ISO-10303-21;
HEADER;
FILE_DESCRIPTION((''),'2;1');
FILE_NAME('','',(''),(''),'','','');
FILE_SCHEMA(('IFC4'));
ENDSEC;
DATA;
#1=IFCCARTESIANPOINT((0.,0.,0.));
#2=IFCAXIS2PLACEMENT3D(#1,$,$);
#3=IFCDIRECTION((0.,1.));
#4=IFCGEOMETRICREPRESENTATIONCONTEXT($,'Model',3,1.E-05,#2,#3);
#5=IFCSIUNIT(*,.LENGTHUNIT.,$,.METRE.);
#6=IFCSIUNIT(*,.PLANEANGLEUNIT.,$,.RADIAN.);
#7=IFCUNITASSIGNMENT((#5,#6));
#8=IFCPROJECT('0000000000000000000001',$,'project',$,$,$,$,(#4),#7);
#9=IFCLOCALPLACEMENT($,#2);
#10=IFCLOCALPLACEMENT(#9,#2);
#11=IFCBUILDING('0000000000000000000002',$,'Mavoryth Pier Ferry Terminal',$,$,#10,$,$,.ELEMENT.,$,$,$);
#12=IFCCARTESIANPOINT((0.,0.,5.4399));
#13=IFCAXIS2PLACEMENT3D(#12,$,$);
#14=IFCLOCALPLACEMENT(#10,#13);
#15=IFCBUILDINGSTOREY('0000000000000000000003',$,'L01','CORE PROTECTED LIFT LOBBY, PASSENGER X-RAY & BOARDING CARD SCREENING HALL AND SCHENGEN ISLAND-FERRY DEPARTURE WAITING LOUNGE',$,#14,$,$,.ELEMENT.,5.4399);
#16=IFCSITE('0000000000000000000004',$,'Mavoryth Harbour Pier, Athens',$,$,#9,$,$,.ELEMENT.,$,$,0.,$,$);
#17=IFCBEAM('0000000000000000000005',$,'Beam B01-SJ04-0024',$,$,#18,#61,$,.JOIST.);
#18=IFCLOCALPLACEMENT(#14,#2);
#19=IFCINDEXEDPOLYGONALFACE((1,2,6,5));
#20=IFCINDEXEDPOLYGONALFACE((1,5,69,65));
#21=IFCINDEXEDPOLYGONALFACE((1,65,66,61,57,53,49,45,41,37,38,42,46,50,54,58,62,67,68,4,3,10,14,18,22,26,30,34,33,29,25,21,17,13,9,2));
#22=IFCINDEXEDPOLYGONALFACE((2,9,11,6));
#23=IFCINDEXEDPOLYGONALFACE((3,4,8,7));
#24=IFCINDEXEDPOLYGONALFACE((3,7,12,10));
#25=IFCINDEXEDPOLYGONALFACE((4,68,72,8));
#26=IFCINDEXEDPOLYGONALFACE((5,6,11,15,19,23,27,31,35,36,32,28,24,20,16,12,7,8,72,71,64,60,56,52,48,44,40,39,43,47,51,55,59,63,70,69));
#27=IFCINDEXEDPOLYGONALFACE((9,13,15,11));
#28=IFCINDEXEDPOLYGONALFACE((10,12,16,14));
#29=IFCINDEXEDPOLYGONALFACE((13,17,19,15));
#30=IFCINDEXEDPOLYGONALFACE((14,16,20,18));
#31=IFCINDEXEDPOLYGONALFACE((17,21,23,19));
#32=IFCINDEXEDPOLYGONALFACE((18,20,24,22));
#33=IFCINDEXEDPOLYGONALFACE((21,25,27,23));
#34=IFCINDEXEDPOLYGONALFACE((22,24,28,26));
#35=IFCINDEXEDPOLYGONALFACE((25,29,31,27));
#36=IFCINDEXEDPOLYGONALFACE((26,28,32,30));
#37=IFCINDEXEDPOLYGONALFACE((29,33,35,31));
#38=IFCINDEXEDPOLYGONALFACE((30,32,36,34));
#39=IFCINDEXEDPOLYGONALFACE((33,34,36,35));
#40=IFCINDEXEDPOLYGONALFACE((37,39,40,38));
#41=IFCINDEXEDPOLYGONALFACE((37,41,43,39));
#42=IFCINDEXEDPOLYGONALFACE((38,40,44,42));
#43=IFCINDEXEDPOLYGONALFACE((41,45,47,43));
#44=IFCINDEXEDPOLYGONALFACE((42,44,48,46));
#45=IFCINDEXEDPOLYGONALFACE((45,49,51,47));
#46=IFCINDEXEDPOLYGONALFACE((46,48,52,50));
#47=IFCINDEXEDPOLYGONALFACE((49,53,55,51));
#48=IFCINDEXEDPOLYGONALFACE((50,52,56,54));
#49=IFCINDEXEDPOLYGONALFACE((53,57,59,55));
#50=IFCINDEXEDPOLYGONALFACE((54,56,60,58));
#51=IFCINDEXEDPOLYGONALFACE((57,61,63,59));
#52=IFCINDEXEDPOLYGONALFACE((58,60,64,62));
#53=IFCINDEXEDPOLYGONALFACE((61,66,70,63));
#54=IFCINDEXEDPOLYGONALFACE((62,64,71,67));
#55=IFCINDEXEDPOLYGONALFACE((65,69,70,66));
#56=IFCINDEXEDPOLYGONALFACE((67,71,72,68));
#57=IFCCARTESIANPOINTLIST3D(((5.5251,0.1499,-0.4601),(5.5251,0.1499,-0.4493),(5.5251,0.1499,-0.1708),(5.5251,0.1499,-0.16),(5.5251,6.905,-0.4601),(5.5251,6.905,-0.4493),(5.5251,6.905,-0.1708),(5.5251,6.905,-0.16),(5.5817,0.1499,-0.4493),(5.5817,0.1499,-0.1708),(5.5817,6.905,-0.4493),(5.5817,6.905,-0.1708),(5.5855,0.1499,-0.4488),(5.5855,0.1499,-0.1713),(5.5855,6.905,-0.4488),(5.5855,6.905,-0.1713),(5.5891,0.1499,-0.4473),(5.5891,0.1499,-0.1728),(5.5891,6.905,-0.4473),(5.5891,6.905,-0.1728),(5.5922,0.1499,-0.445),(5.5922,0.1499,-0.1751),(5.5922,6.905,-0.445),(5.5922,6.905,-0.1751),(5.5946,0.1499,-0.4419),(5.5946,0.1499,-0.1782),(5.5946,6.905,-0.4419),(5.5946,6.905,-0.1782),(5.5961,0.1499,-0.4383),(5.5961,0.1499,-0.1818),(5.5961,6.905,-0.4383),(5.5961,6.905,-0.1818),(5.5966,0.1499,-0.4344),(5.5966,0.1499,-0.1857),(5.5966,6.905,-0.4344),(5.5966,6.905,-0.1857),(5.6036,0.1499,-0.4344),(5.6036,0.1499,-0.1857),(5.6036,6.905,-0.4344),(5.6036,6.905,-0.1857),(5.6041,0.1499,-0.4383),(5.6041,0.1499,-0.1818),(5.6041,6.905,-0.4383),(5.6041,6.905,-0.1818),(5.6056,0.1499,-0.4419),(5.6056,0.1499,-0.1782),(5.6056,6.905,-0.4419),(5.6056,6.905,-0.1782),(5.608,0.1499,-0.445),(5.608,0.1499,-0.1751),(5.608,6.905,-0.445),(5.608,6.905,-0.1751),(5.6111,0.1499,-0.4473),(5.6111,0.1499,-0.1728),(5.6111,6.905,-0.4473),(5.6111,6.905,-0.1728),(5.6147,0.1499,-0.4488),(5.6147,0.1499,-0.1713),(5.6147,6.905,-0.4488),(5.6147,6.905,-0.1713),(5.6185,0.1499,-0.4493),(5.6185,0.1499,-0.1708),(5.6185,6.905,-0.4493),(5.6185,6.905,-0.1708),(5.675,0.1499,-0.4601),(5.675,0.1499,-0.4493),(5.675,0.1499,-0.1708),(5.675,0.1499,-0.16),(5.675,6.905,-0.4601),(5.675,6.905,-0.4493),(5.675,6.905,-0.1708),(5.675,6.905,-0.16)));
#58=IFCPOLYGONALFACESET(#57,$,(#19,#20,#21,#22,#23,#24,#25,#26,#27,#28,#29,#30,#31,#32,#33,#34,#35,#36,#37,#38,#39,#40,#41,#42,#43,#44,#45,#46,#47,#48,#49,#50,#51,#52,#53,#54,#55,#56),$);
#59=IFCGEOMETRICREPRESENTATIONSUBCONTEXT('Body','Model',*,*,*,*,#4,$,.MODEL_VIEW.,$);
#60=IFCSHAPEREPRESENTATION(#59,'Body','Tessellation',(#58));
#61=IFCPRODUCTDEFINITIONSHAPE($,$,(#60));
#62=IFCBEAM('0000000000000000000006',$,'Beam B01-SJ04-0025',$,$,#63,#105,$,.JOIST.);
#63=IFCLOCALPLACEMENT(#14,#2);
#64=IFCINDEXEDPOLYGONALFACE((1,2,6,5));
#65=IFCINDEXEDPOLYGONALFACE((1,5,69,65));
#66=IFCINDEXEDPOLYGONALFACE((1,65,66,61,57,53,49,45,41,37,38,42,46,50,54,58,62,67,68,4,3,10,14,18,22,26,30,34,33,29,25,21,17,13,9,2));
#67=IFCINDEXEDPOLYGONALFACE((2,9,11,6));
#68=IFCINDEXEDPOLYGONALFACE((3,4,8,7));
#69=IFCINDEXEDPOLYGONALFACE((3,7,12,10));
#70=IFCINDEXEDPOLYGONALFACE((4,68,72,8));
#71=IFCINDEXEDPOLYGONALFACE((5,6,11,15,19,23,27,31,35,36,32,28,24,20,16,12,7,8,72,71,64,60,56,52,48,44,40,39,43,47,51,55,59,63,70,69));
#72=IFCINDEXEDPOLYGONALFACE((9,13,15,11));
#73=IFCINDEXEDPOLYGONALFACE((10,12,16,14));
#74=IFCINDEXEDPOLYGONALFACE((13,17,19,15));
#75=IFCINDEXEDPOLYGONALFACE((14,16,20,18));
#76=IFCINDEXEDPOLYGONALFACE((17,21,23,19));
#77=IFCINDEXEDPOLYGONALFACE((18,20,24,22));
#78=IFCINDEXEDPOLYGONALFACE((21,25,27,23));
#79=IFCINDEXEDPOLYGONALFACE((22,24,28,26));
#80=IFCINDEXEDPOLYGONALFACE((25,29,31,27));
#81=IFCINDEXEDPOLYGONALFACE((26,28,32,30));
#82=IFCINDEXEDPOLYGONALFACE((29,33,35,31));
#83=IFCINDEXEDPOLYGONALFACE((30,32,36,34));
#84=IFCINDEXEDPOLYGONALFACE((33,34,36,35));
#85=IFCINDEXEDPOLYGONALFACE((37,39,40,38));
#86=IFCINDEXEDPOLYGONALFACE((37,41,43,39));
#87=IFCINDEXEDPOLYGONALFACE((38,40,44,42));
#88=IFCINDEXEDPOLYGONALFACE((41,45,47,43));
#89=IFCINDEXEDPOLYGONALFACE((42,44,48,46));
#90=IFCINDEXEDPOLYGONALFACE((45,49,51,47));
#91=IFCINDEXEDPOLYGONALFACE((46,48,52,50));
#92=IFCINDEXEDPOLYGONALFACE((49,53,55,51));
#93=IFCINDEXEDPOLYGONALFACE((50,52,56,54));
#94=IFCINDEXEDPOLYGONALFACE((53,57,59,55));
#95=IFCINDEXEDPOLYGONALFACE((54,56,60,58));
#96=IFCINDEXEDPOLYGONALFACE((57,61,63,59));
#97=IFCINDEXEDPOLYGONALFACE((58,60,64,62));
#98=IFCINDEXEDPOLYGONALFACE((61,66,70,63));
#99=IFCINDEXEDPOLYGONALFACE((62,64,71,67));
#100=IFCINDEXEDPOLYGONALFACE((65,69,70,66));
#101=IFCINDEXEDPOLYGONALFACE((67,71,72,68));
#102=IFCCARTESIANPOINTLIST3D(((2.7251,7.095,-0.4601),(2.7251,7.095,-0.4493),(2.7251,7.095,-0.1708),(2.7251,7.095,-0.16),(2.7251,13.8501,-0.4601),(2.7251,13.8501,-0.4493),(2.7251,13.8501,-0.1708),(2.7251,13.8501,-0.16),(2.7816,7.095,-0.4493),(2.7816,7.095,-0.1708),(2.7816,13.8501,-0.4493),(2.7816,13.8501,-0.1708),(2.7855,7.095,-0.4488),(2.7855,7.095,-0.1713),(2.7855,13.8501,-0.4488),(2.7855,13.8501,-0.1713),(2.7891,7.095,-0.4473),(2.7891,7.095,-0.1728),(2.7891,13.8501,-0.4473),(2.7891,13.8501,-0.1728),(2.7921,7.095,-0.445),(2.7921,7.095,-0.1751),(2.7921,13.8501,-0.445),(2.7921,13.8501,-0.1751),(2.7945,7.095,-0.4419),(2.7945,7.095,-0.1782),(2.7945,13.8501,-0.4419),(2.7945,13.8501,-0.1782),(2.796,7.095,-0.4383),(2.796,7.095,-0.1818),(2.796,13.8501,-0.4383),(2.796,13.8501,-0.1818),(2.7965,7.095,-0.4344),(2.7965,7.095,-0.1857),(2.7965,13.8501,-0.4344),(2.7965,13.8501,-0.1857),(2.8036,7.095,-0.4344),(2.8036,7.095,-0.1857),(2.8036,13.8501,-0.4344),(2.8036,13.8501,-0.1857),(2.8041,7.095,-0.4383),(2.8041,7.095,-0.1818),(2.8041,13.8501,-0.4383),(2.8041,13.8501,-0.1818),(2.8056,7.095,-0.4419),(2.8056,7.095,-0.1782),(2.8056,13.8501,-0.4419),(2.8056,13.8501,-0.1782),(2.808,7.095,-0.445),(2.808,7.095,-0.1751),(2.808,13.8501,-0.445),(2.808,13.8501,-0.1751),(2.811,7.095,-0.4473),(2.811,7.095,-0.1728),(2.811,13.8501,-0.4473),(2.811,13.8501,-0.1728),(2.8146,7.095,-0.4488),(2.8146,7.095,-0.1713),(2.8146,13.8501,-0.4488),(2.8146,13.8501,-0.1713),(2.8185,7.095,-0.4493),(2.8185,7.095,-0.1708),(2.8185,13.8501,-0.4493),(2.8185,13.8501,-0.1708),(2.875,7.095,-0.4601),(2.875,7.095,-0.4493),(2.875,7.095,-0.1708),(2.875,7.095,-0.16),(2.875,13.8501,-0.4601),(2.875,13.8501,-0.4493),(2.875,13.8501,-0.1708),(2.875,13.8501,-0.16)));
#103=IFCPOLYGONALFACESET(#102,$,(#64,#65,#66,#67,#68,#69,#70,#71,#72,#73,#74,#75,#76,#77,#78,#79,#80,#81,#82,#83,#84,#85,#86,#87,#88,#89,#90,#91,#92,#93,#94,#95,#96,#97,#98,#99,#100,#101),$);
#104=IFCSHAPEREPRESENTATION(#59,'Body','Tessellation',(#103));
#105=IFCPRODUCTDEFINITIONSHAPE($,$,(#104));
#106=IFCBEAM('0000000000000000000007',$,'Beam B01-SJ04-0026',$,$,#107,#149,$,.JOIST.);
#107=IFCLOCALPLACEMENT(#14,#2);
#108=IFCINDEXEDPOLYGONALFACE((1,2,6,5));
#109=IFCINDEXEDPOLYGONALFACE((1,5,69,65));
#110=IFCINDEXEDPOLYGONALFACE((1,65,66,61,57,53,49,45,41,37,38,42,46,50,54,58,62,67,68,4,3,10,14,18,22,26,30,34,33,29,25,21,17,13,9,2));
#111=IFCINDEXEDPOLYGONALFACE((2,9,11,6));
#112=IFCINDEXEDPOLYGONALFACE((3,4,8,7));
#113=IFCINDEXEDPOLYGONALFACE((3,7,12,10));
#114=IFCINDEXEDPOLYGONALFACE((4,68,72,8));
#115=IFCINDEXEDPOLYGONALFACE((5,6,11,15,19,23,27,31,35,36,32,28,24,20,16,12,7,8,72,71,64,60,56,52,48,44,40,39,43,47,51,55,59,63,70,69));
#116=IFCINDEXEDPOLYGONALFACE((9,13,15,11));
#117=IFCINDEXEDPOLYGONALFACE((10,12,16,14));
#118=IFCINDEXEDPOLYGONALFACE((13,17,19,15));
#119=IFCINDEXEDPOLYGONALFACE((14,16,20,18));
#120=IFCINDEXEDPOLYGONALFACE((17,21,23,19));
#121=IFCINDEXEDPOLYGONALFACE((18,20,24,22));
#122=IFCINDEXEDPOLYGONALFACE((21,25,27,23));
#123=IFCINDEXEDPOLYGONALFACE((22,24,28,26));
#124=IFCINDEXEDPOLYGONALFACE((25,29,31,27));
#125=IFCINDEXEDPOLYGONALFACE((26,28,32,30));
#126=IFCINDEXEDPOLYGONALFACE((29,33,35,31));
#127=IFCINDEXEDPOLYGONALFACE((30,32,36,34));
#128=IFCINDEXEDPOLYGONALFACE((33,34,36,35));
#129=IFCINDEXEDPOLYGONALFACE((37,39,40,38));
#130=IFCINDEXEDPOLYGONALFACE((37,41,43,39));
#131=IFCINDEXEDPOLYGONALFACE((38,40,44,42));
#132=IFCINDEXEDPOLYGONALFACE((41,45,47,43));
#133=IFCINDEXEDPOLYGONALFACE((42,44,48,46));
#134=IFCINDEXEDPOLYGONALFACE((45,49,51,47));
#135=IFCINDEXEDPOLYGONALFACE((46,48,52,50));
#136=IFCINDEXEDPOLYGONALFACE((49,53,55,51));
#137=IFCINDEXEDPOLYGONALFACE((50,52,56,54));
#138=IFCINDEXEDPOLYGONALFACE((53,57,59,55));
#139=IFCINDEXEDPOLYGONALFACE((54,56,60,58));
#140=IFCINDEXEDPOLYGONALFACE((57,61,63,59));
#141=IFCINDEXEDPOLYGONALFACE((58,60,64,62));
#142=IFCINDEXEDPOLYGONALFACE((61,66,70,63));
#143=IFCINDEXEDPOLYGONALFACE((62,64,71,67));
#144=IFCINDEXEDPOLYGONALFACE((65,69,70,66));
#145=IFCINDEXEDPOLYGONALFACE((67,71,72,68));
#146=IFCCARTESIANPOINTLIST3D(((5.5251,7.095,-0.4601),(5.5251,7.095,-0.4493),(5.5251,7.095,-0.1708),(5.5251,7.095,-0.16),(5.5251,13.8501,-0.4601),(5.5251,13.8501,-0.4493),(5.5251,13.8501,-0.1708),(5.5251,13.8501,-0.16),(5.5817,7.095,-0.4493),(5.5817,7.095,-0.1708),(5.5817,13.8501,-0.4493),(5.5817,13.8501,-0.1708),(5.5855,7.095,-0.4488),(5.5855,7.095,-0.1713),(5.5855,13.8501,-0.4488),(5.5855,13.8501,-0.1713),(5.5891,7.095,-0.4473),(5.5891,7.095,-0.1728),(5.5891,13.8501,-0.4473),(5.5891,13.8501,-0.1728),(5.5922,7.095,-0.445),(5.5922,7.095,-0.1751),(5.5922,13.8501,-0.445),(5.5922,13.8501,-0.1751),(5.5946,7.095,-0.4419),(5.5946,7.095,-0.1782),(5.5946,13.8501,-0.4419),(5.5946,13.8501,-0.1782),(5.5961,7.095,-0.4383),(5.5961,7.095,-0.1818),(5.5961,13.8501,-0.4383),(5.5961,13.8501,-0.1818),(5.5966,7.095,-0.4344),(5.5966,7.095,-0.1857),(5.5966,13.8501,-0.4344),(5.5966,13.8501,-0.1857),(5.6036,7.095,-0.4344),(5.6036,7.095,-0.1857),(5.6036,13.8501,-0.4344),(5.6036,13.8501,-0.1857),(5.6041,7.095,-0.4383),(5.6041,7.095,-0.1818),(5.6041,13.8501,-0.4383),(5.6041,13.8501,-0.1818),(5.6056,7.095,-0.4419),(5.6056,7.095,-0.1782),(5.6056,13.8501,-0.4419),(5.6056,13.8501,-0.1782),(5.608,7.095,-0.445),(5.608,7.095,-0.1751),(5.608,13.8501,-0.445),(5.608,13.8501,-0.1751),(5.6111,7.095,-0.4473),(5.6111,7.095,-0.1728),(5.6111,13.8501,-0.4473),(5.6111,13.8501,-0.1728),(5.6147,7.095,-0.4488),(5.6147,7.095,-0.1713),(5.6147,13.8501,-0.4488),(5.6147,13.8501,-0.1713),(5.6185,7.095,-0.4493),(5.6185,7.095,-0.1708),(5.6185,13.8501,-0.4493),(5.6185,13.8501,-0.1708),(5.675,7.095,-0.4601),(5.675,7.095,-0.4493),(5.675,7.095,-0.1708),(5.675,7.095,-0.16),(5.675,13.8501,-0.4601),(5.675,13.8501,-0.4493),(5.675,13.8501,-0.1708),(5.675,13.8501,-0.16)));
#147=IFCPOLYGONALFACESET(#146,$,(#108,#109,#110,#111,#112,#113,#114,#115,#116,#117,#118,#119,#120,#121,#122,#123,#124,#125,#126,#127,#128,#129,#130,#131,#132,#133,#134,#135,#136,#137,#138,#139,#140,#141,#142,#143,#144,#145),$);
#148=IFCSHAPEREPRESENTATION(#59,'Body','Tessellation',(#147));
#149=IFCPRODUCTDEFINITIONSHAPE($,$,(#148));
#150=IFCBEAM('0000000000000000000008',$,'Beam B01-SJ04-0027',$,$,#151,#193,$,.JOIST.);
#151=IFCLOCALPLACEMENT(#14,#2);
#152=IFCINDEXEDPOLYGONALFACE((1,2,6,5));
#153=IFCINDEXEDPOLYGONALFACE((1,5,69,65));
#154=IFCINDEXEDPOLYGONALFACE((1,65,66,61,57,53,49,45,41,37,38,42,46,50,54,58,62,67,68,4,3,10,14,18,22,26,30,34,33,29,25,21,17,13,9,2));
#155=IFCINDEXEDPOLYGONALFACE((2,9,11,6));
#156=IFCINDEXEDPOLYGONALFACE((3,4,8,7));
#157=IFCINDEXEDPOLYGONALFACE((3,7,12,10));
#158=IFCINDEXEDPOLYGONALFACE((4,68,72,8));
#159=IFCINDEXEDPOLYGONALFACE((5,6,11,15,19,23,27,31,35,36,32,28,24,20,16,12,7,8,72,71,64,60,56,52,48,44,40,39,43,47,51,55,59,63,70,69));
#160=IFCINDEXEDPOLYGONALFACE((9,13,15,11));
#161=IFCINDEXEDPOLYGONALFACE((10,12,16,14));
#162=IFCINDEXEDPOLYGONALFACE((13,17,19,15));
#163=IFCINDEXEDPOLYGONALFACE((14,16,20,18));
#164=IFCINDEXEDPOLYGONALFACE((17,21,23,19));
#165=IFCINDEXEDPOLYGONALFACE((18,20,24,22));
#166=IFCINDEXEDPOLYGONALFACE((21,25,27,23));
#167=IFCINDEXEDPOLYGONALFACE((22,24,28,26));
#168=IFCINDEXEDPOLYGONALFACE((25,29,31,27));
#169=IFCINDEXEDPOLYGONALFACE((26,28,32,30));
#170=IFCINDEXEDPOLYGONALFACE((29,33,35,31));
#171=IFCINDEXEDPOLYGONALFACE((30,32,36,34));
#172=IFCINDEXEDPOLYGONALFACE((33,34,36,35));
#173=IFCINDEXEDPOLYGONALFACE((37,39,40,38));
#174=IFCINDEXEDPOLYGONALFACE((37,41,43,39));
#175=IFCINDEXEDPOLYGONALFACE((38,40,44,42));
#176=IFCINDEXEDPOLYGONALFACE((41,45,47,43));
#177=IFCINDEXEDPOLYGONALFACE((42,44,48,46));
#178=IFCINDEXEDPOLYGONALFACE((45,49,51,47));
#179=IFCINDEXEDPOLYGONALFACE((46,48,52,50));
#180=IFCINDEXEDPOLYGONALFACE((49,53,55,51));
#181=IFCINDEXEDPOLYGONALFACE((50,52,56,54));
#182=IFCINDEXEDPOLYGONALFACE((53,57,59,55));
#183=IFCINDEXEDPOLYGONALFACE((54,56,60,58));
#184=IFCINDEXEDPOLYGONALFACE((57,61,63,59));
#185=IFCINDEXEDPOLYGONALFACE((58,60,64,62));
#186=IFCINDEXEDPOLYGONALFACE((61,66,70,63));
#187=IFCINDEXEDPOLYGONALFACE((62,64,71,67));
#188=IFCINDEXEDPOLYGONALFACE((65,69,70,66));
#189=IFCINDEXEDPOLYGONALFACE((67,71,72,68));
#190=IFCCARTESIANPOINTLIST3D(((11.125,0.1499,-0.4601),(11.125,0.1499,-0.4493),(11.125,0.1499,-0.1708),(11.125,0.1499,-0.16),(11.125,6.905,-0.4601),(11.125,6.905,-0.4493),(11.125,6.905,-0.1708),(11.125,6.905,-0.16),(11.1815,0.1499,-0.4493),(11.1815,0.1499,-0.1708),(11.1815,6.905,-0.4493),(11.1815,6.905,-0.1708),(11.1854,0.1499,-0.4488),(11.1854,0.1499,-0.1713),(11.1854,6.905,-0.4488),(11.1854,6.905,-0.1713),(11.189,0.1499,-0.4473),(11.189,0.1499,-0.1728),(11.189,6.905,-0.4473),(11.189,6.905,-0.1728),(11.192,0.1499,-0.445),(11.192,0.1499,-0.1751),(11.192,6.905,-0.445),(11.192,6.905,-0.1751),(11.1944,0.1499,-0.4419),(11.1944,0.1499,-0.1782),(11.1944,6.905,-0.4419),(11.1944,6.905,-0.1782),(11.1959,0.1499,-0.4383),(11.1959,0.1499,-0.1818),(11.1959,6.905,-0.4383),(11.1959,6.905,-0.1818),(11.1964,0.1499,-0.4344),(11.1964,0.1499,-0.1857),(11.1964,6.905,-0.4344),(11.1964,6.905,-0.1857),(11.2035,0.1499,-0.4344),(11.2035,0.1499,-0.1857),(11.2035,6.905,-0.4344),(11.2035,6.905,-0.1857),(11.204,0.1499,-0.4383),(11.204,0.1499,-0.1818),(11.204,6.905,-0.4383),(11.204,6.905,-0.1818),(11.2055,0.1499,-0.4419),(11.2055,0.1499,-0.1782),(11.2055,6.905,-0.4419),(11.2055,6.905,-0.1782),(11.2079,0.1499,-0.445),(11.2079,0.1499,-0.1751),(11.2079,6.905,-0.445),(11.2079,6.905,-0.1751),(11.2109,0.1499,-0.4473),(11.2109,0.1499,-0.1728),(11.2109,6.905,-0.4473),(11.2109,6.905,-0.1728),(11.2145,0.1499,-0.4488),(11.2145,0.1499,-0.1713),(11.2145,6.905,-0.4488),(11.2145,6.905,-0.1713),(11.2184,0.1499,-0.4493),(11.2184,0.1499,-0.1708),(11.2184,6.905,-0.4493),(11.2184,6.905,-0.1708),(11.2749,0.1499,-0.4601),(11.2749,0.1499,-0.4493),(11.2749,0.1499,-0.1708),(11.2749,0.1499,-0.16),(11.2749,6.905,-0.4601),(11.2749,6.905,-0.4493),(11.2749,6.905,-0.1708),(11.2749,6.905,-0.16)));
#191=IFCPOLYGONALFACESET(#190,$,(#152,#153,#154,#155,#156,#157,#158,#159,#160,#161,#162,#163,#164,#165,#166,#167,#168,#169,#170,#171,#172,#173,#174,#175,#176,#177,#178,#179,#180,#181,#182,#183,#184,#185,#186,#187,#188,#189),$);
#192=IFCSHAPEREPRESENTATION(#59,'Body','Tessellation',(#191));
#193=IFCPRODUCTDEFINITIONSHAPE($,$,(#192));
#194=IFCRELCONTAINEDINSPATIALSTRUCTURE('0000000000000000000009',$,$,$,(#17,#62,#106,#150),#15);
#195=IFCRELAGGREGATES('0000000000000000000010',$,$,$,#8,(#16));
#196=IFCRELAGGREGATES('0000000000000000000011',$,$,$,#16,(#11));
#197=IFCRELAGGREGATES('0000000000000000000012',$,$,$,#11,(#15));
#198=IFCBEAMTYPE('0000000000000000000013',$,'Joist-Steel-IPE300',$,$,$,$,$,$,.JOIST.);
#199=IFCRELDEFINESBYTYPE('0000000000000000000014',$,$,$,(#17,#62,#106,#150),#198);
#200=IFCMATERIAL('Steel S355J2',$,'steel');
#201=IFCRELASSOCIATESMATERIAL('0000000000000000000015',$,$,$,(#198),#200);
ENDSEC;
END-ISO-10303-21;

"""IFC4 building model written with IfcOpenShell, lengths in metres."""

from ifc_helpers import new_model, si_unit, direction, frame, origin, origin_2d, place, context, subcontext, project, spatial, i_section, extrude, material, material_profile, profile_set, type_object, element, save


model = new_model("IFC4")

# Units and contexts
model_context = context("Model", 3, precision=1e-05, world=origin(), true_north=direction((0.0, 1.0)))
body_context = subcontext(model_context, "Body", "Model", "MODEL_VIEW")
ifc_project = project(units=[si_unit("LENGTHUNIT", "METRE"), si_unit("PLANEANGLEUNIT", "RADIAN")], contexts=[model_context])

# Site, building, storey
site_placement = place(None, origin())
site = spatial("IfcSite", under=ifc_project, at=site_placement, Name="Mavoryth Harbour Pier, Athens", CompositionType="ELEMENT", RefElevation=0.0)
building_placement = place(site_placement, origin())
building = spatial("IfcBuilding", under=site, at=building_placement, Name="Mavoryth Pier Ferry Terminal", CompositionType="ELEMENT")
storey_placement = place(building_placement, frame((0.0, 0.0, 5.4399)))
storey = spatial("IfcBuildingStorey", under=building, at=storey_placement, Name="L01", Description="CORE PROTECTED LIFT LOBBY, PASSENGER X-RAY & BOARDING CARD SCREENING HALL AND SCHENGEN ISLAND-FERRY DEPARTURE WAITING LOUNGE", CompositionType="ELEMENT", Elevation=5.4399)

# Beams
ifc_material_1 = material(Name="Steel S355J2", Category="steel")
ifc_material_profile_1 = material_profile(ifc_material_1, i_section(OverallWidth=0.1499, OverallDepth=0.3, WebThickness=0.0071, FlangeThickness=0.0107, FilletRadius=0.0149, at=origin_2d()), Name="IPE 300", Category="steel")
ifc_profile_set_1 = profile_set([ifc_material_profile_1], Name="Steel S355J2 - IPE 300")
beam_type_1 = type_object("IfcBeamType", Name="Joist-Steel-IPE300", PredefinedType="JOIST", material=ifc_profile_set_1)
for number, where, z_axis, x_axis, name in (
    (1, (5.6001, 0.1499, -0.3101), (0.0, 1.0, 0.0), (-1.0, 0.0, 0.0), "Beam B01-SJ04-0024"),
    (2, (2.8, 7.095, -0.3101), (0.0, 1.0, 0.0), (-1.0, 0.0, 0.0), "Beam B01-SJ04-0025"),
    (3, (5.6001, 7.095, -0.3101), (0.0, 1.0, 0.0), (-1.0, 0.0, 0.0), "Beam B01-SJ04-0026"),
    (4, (11.2, 0.1499, -0.3101), (0.0, 1.0, 0.0), (-1.0, 0.0, 0.0), "Beam B01-SJ04-0027"),
):
    element("IfcBeam", number, at=place(storey_placement, frame(where, z_axis=z_axis, x_axis=x_axis)), inside=storey, type_object=beam_type_1, Name=name, PredefinedType="JOIST", context=body_context, shape_type="SweptSolid", body=[
        extrude(i_section(OverallWidth=0.1499, OverallDepth=0.3, WebThickness=0.0071, FlangeThickness=0.0107, FilletRadius=0.0149, at=origin_2d()), origin(), (0.0, 0.0, 1.0), 6.7551),
    ])

save(model, "model.ifc")
